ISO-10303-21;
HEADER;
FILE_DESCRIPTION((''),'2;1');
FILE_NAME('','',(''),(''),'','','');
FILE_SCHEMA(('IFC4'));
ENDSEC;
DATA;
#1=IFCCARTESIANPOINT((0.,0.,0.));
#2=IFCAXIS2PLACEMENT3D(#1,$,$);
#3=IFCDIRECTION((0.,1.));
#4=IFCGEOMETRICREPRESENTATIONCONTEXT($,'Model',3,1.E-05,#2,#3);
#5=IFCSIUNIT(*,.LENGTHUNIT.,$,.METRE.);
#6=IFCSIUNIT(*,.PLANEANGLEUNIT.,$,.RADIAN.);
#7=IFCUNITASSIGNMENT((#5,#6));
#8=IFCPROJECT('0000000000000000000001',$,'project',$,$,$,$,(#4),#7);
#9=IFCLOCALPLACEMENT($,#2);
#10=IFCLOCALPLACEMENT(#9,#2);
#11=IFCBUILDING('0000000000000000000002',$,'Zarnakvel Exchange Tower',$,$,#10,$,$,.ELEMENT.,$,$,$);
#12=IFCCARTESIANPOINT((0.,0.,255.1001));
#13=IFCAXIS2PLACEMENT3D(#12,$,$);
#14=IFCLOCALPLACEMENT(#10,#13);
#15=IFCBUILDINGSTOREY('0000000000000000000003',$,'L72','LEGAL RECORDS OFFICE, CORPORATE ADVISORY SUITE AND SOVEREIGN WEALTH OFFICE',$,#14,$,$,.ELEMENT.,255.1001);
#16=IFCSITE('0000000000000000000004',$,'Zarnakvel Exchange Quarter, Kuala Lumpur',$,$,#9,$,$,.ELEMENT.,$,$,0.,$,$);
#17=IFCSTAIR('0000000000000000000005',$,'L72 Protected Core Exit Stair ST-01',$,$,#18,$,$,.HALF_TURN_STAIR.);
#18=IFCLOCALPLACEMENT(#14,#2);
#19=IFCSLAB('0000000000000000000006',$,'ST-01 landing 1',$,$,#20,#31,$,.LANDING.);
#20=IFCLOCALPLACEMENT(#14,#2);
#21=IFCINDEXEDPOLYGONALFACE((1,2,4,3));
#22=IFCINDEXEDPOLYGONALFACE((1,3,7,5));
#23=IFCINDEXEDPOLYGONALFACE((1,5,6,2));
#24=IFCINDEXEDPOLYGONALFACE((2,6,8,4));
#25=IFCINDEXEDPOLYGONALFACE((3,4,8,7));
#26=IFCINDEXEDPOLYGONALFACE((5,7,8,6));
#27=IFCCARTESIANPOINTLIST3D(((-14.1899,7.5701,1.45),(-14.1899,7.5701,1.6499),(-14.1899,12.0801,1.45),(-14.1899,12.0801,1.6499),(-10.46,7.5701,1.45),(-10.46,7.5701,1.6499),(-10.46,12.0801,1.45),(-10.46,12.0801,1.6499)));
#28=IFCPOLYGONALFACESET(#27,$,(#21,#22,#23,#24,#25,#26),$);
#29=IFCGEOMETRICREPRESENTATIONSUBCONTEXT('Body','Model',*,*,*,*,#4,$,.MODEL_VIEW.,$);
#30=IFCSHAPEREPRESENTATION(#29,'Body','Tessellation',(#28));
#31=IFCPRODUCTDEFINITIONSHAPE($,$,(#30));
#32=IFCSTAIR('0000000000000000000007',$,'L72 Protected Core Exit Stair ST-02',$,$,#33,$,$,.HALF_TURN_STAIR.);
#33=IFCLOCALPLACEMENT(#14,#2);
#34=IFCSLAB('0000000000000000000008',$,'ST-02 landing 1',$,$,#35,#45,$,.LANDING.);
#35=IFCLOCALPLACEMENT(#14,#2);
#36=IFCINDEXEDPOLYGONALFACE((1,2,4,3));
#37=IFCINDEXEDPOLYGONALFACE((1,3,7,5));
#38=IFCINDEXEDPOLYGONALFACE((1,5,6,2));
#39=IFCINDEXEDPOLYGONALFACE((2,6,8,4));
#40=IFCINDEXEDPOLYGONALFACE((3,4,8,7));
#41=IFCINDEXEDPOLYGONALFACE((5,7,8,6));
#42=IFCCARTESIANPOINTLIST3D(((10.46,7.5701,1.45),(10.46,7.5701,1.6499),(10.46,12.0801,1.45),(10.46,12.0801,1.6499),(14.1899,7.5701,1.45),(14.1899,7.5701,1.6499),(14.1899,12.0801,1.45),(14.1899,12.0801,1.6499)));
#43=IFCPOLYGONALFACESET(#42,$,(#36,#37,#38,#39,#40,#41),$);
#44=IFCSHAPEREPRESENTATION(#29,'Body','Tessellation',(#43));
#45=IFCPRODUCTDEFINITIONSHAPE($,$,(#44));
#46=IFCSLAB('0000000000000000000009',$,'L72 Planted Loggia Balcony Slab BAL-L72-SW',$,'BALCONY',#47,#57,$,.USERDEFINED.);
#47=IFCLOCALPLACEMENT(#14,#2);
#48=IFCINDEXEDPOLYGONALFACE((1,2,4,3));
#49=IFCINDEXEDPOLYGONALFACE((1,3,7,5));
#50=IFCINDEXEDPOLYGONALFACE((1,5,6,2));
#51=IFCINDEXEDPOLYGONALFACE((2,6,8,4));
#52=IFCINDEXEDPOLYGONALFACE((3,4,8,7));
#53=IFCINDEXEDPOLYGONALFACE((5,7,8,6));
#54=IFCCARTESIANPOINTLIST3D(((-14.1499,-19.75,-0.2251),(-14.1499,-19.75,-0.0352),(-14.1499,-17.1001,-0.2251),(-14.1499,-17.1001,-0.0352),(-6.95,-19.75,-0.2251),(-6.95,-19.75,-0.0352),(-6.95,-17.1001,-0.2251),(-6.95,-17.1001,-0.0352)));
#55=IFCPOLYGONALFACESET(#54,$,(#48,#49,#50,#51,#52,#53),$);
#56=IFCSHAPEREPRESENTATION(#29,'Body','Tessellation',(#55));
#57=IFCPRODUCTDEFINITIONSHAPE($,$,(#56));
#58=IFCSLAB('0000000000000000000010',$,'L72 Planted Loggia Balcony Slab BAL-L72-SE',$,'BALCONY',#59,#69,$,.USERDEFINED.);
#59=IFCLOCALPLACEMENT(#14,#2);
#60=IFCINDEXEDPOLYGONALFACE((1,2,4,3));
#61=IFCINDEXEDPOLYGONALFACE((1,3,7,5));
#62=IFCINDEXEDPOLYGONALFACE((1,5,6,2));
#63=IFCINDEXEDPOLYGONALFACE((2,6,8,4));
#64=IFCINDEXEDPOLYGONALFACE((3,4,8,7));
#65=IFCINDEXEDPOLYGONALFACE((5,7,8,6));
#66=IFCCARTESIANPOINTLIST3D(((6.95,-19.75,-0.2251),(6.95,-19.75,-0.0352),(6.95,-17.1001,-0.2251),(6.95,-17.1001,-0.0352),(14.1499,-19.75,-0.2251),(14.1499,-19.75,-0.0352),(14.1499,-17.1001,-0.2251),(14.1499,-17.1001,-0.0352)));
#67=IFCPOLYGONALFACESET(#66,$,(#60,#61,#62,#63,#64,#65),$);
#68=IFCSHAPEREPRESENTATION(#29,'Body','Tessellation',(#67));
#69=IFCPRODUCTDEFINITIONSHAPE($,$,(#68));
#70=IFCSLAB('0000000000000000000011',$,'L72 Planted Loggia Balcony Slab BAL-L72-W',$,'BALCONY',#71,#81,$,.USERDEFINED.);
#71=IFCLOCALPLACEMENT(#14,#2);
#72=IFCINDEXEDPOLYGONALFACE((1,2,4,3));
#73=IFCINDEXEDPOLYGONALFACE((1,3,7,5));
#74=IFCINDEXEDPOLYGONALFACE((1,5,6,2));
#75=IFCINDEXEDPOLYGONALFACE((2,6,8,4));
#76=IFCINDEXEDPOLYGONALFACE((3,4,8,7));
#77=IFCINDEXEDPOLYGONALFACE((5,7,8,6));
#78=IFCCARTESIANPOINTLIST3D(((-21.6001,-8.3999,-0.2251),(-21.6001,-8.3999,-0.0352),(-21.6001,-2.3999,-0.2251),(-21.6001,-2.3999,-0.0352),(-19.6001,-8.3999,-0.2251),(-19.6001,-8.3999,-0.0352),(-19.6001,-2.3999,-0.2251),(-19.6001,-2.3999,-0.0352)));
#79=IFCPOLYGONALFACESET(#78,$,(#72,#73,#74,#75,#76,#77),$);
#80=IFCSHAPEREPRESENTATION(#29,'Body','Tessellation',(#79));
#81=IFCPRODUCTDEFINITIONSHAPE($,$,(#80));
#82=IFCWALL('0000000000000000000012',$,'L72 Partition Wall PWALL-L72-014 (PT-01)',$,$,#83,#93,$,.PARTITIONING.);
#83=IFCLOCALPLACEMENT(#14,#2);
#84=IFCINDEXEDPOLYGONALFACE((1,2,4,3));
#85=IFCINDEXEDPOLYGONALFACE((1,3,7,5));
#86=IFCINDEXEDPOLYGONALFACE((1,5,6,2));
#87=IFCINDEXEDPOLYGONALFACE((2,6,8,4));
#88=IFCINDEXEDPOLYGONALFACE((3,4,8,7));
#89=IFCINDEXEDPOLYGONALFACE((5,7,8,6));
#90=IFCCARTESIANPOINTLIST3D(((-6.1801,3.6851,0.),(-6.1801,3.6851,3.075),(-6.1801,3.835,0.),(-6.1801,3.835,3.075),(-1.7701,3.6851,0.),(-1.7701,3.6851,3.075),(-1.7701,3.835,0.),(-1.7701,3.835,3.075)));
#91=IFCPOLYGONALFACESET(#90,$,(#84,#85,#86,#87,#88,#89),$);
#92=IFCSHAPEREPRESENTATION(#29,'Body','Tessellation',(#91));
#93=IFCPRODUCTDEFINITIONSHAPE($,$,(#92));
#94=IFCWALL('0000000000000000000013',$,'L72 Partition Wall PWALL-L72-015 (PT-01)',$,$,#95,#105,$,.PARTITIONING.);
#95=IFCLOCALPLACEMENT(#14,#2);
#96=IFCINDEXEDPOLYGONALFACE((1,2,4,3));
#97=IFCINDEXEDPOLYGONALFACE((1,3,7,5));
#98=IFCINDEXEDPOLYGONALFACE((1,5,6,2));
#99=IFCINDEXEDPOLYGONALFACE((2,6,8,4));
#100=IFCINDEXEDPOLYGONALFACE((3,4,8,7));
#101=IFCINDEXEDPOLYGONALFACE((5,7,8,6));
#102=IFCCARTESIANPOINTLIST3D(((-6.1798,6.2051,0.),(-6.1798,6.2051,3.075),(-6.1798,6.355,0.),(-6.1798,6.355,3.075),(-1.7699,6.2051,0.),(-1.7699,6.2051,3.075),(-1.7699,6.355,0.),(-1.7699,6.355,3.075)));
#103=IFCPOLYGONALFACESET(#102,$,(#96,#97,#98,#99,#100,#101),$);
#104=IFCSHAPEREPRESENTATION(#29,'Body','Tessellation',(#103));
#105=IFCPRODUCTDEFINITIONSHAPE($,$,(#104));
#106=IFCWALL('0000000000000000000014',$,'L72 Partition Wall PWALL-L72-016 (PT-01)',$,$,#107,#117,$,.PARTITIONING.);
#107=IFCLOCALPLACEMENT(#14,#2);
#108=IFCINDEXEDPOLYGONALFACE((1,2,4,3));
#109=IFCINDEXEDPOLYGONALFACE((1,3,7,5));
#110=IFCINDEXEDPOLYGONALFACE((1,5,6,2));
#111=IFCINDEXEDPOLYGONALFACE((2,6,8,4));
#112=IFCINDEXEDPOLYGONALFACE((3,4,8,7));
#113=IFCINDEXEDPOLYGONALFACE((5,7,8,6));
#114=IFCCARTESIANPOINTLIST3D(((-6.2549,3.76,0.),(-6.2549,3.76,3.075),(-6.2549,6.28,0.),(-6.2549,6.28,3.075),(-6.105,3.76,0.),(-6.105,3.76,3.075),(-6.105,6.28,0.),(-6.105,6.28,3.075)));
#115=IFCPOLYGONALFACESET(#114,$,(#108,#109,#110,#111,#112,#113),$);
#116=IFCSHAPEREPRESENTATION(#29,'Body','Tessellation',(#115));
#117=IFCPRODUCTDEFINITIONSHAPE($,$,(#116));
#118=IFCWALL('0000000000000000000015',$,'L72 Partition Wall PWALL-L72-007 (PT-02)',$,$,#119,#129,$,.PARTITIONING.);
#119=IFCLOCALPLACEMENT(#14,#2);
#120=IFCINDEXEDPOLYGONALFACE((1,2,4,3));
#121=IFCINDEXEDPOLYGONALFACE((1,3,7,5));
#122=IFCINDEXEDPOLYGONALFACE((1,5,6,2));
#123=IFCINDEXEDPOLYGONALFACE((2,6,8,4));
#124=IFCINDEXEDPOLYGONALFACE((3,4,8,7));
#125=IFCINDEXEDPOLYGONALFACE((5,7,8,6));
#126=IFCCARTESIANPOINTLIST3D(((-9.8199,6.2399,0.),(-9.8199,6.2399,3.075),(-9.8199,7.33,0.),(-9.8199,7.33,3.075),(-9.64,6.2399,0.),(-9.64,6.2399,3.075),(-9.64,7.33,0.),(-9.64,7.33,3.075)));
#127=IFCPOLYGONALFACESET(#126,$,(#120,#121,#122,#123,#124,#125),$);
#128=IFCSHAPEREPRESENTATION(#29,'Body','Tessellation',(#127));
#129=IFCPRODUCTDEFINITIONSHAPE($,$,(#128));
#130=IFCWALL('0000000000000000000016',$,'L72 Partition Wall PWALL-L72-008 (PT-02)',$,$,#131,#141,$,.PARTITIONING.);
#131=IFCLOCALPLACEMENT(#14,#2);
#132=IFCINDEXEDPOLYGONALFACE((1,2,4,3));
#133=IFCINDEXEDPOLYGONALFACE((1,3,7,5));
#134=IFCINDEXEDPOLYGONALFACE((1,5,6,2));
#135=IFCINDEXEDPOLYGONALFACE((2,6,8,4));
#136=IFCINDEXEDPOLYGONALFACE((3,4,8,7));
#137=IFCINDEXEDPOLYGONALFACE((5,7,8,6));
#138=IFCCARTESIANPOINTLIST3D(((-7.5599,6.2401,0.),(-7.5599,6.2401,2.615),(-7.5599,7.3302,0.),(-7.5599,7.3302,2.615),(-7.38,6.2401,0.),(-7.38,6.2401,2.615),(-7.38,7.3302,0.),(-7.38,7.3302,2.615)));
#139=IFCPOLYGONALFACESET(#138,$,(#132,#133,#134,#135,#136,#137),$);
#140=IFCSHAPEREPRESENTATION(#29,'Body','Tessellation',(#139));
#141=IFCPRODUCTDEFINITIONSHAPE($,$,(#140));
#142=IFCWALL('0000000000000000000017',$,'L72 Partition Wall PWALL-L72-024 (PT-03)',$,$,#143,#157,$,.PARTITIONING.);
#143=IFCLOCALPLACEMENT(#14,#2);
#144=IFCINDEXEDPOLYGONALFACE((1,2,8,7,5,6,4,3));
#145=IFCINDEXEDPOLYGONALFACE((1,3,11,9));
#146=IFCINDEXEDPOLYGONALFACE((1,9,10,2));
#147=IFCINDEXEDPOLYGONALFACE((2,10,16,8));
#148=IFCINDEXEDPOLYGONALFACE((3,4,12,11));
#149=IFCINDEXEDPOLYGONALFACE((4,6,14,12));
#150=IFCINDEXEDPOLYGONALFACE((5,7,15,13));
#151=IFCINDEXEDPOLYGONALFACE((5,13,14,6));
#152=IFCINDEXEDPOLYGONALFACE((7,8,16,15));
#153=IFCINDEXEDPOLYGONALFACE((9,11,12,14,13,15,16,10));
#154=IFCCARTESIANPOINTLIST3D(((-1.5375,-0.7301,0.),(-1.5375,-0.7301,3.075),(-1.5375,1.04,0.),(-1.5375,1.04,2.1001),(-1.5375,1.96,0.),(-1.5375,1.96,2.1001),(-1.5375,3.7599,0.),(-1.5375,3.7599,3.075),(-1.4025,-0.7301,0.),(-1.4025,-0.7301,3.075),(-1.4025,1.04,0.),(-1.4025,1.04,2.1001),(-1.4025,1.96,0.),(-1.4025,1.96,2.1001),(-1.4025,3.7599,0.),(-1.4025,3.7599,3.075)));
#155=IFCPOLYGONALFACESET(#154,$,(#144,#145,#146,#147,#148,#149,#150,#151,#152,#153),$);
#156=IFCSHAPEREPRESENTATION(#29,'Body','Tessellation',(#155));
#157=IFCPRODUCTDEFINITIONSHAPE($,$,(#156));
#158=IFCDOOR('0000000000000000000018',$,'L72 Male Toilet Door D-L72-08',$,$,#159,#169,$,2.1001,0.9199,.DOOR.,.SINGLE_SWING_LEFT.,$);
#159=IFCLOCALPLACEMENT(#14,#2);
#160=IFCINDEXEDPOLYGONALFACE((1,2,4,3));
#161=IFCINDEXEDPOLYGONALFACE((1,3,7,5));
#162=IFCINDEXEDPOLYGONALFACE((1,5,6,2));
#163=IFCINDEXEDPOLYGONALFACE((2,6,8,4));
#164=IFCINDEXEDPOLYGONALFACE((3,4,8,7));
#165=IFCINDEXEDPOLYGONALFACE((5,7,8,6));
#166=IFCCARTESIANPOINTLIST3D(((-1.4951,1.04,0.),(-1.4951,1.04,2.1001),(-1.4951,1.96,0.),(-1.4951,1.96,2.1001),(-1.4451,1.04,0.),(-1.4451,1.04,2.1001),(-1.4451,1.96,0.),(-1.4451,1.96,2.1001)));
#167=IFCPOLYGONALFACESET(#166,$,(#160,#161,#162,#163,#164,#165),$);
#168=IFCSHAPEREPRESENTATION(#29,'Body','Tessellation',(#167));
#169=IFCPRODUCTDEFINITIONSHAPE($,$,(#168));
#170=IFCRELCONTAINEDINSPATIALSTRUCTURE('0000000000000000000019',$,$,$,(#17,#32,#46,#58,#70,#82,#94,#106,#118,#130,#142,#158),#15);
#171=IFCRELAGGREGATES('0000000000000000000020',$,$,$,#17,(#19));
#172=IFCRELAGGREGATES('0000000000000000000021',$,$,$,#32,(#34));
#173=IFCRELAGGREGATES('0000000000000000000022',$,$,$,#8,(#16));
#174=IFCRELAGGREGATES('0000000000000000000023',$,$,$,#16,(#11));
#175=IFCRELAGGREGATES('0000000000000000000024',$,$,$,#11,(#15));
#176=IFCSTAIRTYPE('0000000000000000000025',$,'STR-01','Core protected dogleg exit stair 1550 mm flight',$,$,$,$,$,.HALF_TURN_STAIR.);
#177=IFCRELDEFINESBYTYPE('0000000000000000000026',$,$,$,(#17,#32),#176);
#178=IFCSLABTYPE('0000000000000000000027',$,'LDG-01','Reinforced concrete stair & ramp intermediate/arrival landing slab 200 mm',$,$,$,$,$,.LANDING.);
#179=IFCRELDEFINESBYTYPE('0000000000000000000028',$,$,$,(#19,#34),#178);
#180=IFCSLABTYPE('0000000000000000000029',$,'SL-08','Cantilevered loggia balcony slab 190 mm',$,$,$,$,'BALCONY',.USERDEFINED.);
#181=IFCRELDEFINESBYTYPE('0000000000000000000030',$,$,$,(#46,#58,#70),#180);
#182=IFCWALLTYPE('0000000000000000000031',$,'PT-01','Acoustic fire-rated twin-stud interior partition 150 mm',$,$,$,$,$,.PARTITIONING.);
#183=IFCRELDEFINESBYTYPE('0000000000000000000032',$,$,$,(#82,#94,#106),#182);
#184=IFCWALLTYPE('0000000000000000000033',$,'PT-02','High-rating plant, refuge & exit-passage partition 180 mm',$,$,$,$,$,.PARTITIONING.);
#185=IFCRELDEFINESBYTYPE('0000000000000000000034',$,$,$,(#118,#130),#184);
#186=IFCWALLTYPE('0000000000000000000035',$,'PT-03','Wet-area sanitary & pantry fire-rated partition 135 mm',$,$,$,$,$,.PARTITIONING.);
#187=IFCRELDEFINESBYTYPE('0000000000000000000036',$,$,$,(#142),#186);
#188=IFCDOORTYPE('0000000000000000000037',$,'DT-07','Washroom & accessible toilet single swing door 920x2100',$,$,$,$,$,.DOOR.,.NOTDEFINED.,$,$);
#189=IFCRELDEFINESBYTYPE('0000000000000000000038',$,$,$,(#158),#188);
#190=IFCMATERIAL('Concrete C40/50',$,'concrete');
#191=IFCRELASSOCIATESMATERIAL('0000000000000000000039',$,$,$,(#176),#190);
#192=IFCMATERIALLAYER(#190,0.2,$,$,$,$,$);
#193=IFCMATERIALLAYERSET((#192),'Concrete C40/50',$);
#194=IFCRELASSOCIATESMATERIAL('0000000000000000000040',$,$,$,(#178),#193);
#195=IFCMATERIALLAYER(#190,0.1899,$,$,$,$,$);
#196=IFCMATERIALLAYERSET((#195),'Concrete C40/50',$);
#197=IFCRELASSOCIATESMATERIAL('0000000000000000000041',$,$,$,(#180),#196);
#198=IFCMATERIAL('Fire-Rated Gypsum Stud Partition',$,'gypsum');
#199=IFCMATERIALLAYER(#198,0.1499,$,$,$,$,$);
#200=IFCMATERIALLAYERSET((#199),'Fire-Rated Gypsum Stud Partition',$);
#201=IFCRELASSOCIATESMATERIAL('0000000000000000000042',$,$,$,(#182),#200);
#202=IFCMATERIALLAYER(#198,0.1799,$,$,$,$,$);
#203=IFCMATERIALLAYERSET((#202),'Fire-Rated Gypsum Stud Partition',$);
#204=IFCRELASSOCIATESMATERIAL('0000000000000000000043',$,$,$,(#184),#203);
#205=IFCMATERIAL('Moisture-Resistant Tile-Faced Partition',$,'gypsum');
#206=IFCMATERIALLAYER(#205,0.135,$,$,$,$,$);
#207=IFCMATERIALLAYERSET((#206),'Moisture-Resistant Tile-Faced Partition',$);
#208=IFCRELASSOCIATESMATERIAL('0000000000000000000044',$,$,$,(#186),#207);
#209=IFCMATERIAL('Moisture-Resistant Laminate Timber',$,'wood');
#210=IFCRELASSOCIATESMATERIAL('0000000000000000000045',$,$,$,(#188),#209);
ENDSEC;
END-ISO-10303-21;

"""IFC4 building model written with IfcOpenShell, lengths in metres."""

from ifc_helpers import new_model, si_unit, direction, frame, frame_2d, origin, place, context, subcontext, project, spatial, polyline, rectangle, outline, extrude, source, transform, mapped, material, layer, layer_set, type_object, element, fill, aggregate, save


model = new_model("IFC4")

# Units and contexts
model_context = context("Model", 3, precision=1e-05, world=origin(), true_north=direction((0.0, 1.0)))
body_context = subcontext(model_context, "Body", "Model", "MODEL_VIEW")
ifc_project = project(units=[si_unit("LENGTHUNIT", "METRE"), si_unit("PLANEANGLEUNIT", "RADIAN")], contexts=[model_context])

# Site, building, storey
site_placement = place(None, origin())
site = spatial("IfcSite", under=ifc_project, at=site_placement, Name="Zarnakvel Exchange Quarter, Kuala Lumpur", CompositionType="ELEMENT", RefElevation=0.0)
building_placement = place(site_placement, origin())
building = spatial("IfcBuilding", under=site, at=building_placement, Name="Zarnakvel Exchange Tower", CompositionType="ELEMENT")
storey_placement = place(building_placement, frame((0.0, 0.0, 255.1001)))
storey = spatial("IfcBuildingStorey", under=building, at=storey_placement, Name="L72", Description="LEGAL RECORDS OFFICE, CORPORATE ADVISORY SUITE AND SOVEREIGN WEALTH OFFICE", CompositionType="ELEMENT", Elevation=255.1001)

# Stairs, slabs
ifc_material_1 = material(Name="Concrete C40/50", Category="concrete")
stair_type = type_object("IfcStairType", Name="STR-01", Description="Core protected dogleg exit stair 1550 mm flight", PredefinedType="HALF_TURN_STAIR", material=ifc_material_1)
stair_1_placement = place(storey_placement, origin())
stair_1 = element("IfcStair", 1, at=stair_1_placement, inside=storey, type_object=stair_type, Name="L72 Protected Core Exit Stair ST-01", PredefinedType="HALF_TURN_STAIR")
ifc_layer_1 = layer(ifc_material_1, 0.2)
ifc_layer_set_1 = layer_set([ifc_layer_1], Name="Concrete C40/50")
slab_type_1 = type_object("IfcSlabType", Name="LDG-01", Description="Reinforced concrete stair & ramp intermediate/arrival landing slab 200 mm", PredefinedType="LANDING", material=ifc_layer_set_1)
slab_1_placement = place(storey_placement, frame((0.0, 0.0, 1.45)))
slab_1 = element("IfcSlab", 2, at=slab_1_placement, type_object=slab_type_1, Name="ST-01 landing 1", PredefinedType="LANDING", context=body_context, shape_type="SweptSolid", body=[
    extrude(outline(polyline([(-14.1899, 7.5701), (-10.46, 7.5701), (-10.46, 12.0801), (-14.1899, 12.0801), (-14.1899, 7.5701)])), origin(), (0.0, 0.0, 1.0), 0.2),
])
aggregate(stair_1, [slab_1])
stair_2_placement = place(storey_placement, origin())
stair_2 = element("IfcStair", 3, at=stair_2_placement, inside=storey, type_object=stair_type, Name="L72 Protected Core Exit Stair ST-02", PredefinedType="HALF_TURN_STAIR")
slab_2_placement = place(storey_placement, frame((0.0, 0.0, 1.45)))
slab_2 = element("IfcSlab", 4, at=slab_2_placement, type_object=slab_type_1, Name="ST-02 landing 1", PredefinedType="LANDING", context=body_context, shape_type="SweptSolid", body=[
    extrude(outline(polyline([(10.46, 7.5701), (14.1899, 7.5701), (14.1899, 12.0801), (10.46, 12.0801), (10.46, 7.5701)])), origin(), (0.0, 0.0, 1.0), 0.2),
])
aggregate(stair_2, [slab_2])

# Slabs
ifc_layer_2 = layer(ifc_material_1, 0.1899)
ifc_layer_set_2 = layer_set([ifc_layer_2], Name="Concrete C40/50")
slab_type_2 = type_object("IfcSlabType", Name="SL-08", Description="Cantilevered loggia balcony slab 190 mm", ElementType="BALCONY", PredefinedType="USERDEFINED", material=ifc_layer_set_2)
slab_3_placement = place(storey_placement, frame((0.0, 0.0, -0.2251)))
element("IfcSlab", 5, at=slab_3_placement, inside=storey, type_object=slab_type_2, Name="L72 Planted Loggia Balcony Slab BAL-L72-SW", ObjectType="BALCONY", PredefinedType="USERDEFINED", context=body_context, shape_type="SweptSolid", body=[
    extrude(outline(polyline([(-14.1499, -19.75), (-6.95, -19.75), (-6.95, -17.1001), (-14.1499, -17.1001), (-14.1499, -19.75)])), origin(), (0.0, 0.0, 1.0), 0.1899),
])
slab_4_placement = place(storey_placement, frame((0.0, 0.0, -0.2251)))
element("IfcSlab", 6, at=slab_4_placement, inside=storey, type_object=slab_type_2, Name="L72 Planted Loggia Balcony Slab BAL-L72-SE", ObjectType="BALCONY", PredefinedType="USERDEFINED", context=body_context, shape_type="SweptSolid", body=[
    extrude(outline(polyline([(6.95, -19.75), (14.1499, -19.75), (14.1499, -17.1001), (6.95, -17.1001), (6.95, -19.75)])), origin(), (0.0, 0.0, 1.0), 0.1899),
])
slab_5_placement = place(storey_placement, frame((0.0, 0.0, -0.2251)))
element("IfcSlab", 7, at=slab_5_placement, inside=storey, type_object=slab_type_2, Name="L72 Planted Loggia Balcony Slab BAL-L72-W", ObjectType="BALCONY", PredefinedType="USERDEFINED", context=body_context, shape_type="SweptSolid", body=[
    extrude(outline(polyline([(-21.6001, -8.3999), (-19.6001, -8.3999), (-19.6001, -2.3999), (-21.6001, -2.3999), (-21.6001, -8.3999)])), origin(), (0.0, 0.0, 1.0), 0.1899),
])

# Walls
ifc_material_2 = material(Name="Fire-Rated Gypsum Stud Partition", Category="gypsum")
ifc_layer_3 = layer(ifc_material_2, 0.1499)
ifc_layer_set_3 = layer_set([ifc_layer_3], Name="Fire-Rated Gypsum Stud Partition")
wall_type_1 = type_object("IfcWallType", Name="PT-01", Description="Acoustic fire-rated twin-stud interior partition 150 mm", PredefinedType="PARTITIONING", material=ifc_layer_set_3)
for number, where, z_axis, x_axis, name in (
    (8, (-1.77, 3.76, 0.0), (0.0, 0.0, 1.0), (-1.0, 0.0, 0.0), "L72 Partition Wall PWALL-L72-014 (PT-01)"),
    (9, (-6.1799, 6.28, 0.0), (0.0, 0.0, 1.0), (1.0, 0.0, 0.0), "L72 Partition Wall PWALL-L72-015 (PT-01)"),
):
    element("IfcWall", number, at=place(storey_placement, frame(where, z_axis=z_axis, x_axis=x_axis)), inside=storey, type_object=wall_type_1, Name=name, PredefinedType="PARTITIONING", context=body_context, shape_type="SweptSolid", body=[
        extrude(rectangle(XDim=4.4099, YDim=0.1499, at=frame_2d((2.2051, 0.0))), origin(), (0.0, 0.0, 1.0), 3.075),
    ])
wall_1_placement = place(storey_placement, frame((-6.1799, 3.76, 0.0), z_axis=(0.0, 0.0, 1.0), x_axis=(0.0, 1.0, 0.0)))
element("IfcWall", 10, at=wall_1_placement, inside=storey, type_object=wall_type_1, Name="L72 Partition Wall PWALL-L72-016 (PT-01)", PredefinedType="PARTITIONING", context=body_context, shape_type="SweptSolid", body=[
    extrude(rectangle(XDim=2.52, YDim=0.1499, at=frame_2d((1.26, 0.0))), origin(), (0.0, 0.0, 1.0), 3.075),
])

# Walls
ifc_layer_4 = layer(ifc_material_2, 0.1799)
ifc_layer_set_4 = layer_set([ifc_layer_4], Name="Fire-Rated Gypsum Stud Partition")
wall_type_2 = type_object("IfcWallType", Name="PT-02", Description="High-rating plant, refuge & exit-passage partition 180 mm", PredefinedType="PARTITIONING", material=ifc_layer_set_4)
wall_2_placement = place(storey_placement, frame((-9.73, 6.24, 0.0), z_axis=(0.0, 0.0, 1.0), x_axis=(0.0, 1.0, 0.0)))
element("IfcWall", 11, at=wall_2_placement, inside=storey, type_object=wall_type_2, Name="L72 Partition Wall PWALL-L72-007 (PT-02)", PredefinedType="PARTITIONING", context=body_context, shape_type="SweptSolid", body=[
    extrude(rectangle(XDim=1.0901, YDim=0.1799, at=frame_2d((0.5449, 0.0))), origin(), (0.0, 0.0, 1.0), 3.075),
])
wall_3_placement = place(storey_placement, frame((-7.47, 7.3301, 0.0), z_axis=(0.0, 0.0, 1.0), x_axis=(0.0, -1.0, 0.0)))
element("IfcWall", 12, at=wall_3_placement, inside=storey, type_object=wall_type_2, Name="L72 Partition Wall PWALL-L72-008 (PT-02)", PredefinedType="PARTITIONING", context=body_context, shape_type="SweptSolid", body=[
    extrude(rectangle(XDim=1.0901, YDim=0.1799, at=frame_2d((0.5449, 0.0))), origin(), (0.0, 0.0, 1.0), 2.615),
])

# Wall, opening, door
ifc_material_3 = material(Name="Moisture-Resistant Tile-Faced Partition", Category="gypsum")
ifc_layer_5 = layer(ifc_material_3, 0.135)
ifc_layer_set_5 = layer_set([ifc_layer_5], Name="Moisture-Resistant Tile-Faced Partition")
wall_type_3 = type_object("IfcWallType", Name="PT-03", Description="Wet-area sanitary & pantry fire-rated partition 135 mm", PredefinedType="PARTITIONING", material=ifc_layer_set_5)
wall_4_placement = place(storey_placement, frame((-1.47, 3.76, 0.0), z_axis=(0.0, 0.0, 1.0), x_axis=(0.0, -1.0, 0.0)))
wall_4 = element("IfcWall", 13, at=wall_4_placement, inside=storey, type_object=wall_type_3, Name="L72 Partition Wall PWALL-L72-024 (PT-03)", PredefinedType="PARTITIONING", context=body_context, shape_type="SweptSolid", body=[
    extrude(rectangle(XDim=4.49, YDim=0.135, at=frame_2d((2.2451, 0.0))), origin(), (0.0, 0.0, 1.0), 3.075),
])
opening_1_placement = place(wall_4_placement, frame((1.8, 0.0, 0.0)))
opening_1 = element("IfcOpeningElement", 14, at=opening_1_placement, cuts=wall_4, PredefinedType="OPENING", context=body_context, shape_type="SweptSolid", body=[
    extrude(rectangle(XDim=0.9199, YDim=2.1001, at=frame_2d((0.46, 1.05))), frame((0.0, 0.0774, 0.0), z_axis=(0.0, -1.0, 0.0), x_axis=(1.0, 0.0, 0.0)), (0.0, 0.0, 1.0), 0.155),
])
ifc_material_4 = material(Name="Moisture-Resistant Laminate Timber", Category="wood")
door_type_1 = type_object("IfcDoorType", Name="DT-07", Description="Washroom & accessible toilet single swing door 920x2100", OperationType="NOTDEFINED", PredefinedType="DOOR", material=ifc_material_4)
shared_shape_1 = source(origin(), body_context, "Body", "SweptSolid", [
    extrude(rectangle(XDim=0.9199, YDim=2.1001, at=frame_2d((0.46, 1.05))), frame((0.0, 0.0249, 0.0), z_axis=(0.0, -1.0, 0.0), x_axis=(1.0, 0.0, 0.0)), (0.0, 0.0, 1.0), 0.05),
])
door_1_placement = place(opening_1_placement, origin())
door_1 = element("IfcDoor", 15, at=door_1_placement, inside=storey, type_object=door_type_1, Name="L72 Male Toilet Door D-L72-08", OperationType="SINGLE_SWING_LEFT", OverallHeight=2.1001, OverallWidth=0.9199, PredefinedType="DOOR", context=body_context, shape_type="MappedRepresentation", body=[
    mapped(shared_shape_1, transform((0.0, 0.0, 0.0), x_axis=(1.0, 0.0, 0.0), y_axis=(0.0, 1.0, 0.0), z_axis=(0.0, 0.0, 1.0), scale=1.0)),
])
fill(opening_1, door_1)

save(model, "model.ifc")
